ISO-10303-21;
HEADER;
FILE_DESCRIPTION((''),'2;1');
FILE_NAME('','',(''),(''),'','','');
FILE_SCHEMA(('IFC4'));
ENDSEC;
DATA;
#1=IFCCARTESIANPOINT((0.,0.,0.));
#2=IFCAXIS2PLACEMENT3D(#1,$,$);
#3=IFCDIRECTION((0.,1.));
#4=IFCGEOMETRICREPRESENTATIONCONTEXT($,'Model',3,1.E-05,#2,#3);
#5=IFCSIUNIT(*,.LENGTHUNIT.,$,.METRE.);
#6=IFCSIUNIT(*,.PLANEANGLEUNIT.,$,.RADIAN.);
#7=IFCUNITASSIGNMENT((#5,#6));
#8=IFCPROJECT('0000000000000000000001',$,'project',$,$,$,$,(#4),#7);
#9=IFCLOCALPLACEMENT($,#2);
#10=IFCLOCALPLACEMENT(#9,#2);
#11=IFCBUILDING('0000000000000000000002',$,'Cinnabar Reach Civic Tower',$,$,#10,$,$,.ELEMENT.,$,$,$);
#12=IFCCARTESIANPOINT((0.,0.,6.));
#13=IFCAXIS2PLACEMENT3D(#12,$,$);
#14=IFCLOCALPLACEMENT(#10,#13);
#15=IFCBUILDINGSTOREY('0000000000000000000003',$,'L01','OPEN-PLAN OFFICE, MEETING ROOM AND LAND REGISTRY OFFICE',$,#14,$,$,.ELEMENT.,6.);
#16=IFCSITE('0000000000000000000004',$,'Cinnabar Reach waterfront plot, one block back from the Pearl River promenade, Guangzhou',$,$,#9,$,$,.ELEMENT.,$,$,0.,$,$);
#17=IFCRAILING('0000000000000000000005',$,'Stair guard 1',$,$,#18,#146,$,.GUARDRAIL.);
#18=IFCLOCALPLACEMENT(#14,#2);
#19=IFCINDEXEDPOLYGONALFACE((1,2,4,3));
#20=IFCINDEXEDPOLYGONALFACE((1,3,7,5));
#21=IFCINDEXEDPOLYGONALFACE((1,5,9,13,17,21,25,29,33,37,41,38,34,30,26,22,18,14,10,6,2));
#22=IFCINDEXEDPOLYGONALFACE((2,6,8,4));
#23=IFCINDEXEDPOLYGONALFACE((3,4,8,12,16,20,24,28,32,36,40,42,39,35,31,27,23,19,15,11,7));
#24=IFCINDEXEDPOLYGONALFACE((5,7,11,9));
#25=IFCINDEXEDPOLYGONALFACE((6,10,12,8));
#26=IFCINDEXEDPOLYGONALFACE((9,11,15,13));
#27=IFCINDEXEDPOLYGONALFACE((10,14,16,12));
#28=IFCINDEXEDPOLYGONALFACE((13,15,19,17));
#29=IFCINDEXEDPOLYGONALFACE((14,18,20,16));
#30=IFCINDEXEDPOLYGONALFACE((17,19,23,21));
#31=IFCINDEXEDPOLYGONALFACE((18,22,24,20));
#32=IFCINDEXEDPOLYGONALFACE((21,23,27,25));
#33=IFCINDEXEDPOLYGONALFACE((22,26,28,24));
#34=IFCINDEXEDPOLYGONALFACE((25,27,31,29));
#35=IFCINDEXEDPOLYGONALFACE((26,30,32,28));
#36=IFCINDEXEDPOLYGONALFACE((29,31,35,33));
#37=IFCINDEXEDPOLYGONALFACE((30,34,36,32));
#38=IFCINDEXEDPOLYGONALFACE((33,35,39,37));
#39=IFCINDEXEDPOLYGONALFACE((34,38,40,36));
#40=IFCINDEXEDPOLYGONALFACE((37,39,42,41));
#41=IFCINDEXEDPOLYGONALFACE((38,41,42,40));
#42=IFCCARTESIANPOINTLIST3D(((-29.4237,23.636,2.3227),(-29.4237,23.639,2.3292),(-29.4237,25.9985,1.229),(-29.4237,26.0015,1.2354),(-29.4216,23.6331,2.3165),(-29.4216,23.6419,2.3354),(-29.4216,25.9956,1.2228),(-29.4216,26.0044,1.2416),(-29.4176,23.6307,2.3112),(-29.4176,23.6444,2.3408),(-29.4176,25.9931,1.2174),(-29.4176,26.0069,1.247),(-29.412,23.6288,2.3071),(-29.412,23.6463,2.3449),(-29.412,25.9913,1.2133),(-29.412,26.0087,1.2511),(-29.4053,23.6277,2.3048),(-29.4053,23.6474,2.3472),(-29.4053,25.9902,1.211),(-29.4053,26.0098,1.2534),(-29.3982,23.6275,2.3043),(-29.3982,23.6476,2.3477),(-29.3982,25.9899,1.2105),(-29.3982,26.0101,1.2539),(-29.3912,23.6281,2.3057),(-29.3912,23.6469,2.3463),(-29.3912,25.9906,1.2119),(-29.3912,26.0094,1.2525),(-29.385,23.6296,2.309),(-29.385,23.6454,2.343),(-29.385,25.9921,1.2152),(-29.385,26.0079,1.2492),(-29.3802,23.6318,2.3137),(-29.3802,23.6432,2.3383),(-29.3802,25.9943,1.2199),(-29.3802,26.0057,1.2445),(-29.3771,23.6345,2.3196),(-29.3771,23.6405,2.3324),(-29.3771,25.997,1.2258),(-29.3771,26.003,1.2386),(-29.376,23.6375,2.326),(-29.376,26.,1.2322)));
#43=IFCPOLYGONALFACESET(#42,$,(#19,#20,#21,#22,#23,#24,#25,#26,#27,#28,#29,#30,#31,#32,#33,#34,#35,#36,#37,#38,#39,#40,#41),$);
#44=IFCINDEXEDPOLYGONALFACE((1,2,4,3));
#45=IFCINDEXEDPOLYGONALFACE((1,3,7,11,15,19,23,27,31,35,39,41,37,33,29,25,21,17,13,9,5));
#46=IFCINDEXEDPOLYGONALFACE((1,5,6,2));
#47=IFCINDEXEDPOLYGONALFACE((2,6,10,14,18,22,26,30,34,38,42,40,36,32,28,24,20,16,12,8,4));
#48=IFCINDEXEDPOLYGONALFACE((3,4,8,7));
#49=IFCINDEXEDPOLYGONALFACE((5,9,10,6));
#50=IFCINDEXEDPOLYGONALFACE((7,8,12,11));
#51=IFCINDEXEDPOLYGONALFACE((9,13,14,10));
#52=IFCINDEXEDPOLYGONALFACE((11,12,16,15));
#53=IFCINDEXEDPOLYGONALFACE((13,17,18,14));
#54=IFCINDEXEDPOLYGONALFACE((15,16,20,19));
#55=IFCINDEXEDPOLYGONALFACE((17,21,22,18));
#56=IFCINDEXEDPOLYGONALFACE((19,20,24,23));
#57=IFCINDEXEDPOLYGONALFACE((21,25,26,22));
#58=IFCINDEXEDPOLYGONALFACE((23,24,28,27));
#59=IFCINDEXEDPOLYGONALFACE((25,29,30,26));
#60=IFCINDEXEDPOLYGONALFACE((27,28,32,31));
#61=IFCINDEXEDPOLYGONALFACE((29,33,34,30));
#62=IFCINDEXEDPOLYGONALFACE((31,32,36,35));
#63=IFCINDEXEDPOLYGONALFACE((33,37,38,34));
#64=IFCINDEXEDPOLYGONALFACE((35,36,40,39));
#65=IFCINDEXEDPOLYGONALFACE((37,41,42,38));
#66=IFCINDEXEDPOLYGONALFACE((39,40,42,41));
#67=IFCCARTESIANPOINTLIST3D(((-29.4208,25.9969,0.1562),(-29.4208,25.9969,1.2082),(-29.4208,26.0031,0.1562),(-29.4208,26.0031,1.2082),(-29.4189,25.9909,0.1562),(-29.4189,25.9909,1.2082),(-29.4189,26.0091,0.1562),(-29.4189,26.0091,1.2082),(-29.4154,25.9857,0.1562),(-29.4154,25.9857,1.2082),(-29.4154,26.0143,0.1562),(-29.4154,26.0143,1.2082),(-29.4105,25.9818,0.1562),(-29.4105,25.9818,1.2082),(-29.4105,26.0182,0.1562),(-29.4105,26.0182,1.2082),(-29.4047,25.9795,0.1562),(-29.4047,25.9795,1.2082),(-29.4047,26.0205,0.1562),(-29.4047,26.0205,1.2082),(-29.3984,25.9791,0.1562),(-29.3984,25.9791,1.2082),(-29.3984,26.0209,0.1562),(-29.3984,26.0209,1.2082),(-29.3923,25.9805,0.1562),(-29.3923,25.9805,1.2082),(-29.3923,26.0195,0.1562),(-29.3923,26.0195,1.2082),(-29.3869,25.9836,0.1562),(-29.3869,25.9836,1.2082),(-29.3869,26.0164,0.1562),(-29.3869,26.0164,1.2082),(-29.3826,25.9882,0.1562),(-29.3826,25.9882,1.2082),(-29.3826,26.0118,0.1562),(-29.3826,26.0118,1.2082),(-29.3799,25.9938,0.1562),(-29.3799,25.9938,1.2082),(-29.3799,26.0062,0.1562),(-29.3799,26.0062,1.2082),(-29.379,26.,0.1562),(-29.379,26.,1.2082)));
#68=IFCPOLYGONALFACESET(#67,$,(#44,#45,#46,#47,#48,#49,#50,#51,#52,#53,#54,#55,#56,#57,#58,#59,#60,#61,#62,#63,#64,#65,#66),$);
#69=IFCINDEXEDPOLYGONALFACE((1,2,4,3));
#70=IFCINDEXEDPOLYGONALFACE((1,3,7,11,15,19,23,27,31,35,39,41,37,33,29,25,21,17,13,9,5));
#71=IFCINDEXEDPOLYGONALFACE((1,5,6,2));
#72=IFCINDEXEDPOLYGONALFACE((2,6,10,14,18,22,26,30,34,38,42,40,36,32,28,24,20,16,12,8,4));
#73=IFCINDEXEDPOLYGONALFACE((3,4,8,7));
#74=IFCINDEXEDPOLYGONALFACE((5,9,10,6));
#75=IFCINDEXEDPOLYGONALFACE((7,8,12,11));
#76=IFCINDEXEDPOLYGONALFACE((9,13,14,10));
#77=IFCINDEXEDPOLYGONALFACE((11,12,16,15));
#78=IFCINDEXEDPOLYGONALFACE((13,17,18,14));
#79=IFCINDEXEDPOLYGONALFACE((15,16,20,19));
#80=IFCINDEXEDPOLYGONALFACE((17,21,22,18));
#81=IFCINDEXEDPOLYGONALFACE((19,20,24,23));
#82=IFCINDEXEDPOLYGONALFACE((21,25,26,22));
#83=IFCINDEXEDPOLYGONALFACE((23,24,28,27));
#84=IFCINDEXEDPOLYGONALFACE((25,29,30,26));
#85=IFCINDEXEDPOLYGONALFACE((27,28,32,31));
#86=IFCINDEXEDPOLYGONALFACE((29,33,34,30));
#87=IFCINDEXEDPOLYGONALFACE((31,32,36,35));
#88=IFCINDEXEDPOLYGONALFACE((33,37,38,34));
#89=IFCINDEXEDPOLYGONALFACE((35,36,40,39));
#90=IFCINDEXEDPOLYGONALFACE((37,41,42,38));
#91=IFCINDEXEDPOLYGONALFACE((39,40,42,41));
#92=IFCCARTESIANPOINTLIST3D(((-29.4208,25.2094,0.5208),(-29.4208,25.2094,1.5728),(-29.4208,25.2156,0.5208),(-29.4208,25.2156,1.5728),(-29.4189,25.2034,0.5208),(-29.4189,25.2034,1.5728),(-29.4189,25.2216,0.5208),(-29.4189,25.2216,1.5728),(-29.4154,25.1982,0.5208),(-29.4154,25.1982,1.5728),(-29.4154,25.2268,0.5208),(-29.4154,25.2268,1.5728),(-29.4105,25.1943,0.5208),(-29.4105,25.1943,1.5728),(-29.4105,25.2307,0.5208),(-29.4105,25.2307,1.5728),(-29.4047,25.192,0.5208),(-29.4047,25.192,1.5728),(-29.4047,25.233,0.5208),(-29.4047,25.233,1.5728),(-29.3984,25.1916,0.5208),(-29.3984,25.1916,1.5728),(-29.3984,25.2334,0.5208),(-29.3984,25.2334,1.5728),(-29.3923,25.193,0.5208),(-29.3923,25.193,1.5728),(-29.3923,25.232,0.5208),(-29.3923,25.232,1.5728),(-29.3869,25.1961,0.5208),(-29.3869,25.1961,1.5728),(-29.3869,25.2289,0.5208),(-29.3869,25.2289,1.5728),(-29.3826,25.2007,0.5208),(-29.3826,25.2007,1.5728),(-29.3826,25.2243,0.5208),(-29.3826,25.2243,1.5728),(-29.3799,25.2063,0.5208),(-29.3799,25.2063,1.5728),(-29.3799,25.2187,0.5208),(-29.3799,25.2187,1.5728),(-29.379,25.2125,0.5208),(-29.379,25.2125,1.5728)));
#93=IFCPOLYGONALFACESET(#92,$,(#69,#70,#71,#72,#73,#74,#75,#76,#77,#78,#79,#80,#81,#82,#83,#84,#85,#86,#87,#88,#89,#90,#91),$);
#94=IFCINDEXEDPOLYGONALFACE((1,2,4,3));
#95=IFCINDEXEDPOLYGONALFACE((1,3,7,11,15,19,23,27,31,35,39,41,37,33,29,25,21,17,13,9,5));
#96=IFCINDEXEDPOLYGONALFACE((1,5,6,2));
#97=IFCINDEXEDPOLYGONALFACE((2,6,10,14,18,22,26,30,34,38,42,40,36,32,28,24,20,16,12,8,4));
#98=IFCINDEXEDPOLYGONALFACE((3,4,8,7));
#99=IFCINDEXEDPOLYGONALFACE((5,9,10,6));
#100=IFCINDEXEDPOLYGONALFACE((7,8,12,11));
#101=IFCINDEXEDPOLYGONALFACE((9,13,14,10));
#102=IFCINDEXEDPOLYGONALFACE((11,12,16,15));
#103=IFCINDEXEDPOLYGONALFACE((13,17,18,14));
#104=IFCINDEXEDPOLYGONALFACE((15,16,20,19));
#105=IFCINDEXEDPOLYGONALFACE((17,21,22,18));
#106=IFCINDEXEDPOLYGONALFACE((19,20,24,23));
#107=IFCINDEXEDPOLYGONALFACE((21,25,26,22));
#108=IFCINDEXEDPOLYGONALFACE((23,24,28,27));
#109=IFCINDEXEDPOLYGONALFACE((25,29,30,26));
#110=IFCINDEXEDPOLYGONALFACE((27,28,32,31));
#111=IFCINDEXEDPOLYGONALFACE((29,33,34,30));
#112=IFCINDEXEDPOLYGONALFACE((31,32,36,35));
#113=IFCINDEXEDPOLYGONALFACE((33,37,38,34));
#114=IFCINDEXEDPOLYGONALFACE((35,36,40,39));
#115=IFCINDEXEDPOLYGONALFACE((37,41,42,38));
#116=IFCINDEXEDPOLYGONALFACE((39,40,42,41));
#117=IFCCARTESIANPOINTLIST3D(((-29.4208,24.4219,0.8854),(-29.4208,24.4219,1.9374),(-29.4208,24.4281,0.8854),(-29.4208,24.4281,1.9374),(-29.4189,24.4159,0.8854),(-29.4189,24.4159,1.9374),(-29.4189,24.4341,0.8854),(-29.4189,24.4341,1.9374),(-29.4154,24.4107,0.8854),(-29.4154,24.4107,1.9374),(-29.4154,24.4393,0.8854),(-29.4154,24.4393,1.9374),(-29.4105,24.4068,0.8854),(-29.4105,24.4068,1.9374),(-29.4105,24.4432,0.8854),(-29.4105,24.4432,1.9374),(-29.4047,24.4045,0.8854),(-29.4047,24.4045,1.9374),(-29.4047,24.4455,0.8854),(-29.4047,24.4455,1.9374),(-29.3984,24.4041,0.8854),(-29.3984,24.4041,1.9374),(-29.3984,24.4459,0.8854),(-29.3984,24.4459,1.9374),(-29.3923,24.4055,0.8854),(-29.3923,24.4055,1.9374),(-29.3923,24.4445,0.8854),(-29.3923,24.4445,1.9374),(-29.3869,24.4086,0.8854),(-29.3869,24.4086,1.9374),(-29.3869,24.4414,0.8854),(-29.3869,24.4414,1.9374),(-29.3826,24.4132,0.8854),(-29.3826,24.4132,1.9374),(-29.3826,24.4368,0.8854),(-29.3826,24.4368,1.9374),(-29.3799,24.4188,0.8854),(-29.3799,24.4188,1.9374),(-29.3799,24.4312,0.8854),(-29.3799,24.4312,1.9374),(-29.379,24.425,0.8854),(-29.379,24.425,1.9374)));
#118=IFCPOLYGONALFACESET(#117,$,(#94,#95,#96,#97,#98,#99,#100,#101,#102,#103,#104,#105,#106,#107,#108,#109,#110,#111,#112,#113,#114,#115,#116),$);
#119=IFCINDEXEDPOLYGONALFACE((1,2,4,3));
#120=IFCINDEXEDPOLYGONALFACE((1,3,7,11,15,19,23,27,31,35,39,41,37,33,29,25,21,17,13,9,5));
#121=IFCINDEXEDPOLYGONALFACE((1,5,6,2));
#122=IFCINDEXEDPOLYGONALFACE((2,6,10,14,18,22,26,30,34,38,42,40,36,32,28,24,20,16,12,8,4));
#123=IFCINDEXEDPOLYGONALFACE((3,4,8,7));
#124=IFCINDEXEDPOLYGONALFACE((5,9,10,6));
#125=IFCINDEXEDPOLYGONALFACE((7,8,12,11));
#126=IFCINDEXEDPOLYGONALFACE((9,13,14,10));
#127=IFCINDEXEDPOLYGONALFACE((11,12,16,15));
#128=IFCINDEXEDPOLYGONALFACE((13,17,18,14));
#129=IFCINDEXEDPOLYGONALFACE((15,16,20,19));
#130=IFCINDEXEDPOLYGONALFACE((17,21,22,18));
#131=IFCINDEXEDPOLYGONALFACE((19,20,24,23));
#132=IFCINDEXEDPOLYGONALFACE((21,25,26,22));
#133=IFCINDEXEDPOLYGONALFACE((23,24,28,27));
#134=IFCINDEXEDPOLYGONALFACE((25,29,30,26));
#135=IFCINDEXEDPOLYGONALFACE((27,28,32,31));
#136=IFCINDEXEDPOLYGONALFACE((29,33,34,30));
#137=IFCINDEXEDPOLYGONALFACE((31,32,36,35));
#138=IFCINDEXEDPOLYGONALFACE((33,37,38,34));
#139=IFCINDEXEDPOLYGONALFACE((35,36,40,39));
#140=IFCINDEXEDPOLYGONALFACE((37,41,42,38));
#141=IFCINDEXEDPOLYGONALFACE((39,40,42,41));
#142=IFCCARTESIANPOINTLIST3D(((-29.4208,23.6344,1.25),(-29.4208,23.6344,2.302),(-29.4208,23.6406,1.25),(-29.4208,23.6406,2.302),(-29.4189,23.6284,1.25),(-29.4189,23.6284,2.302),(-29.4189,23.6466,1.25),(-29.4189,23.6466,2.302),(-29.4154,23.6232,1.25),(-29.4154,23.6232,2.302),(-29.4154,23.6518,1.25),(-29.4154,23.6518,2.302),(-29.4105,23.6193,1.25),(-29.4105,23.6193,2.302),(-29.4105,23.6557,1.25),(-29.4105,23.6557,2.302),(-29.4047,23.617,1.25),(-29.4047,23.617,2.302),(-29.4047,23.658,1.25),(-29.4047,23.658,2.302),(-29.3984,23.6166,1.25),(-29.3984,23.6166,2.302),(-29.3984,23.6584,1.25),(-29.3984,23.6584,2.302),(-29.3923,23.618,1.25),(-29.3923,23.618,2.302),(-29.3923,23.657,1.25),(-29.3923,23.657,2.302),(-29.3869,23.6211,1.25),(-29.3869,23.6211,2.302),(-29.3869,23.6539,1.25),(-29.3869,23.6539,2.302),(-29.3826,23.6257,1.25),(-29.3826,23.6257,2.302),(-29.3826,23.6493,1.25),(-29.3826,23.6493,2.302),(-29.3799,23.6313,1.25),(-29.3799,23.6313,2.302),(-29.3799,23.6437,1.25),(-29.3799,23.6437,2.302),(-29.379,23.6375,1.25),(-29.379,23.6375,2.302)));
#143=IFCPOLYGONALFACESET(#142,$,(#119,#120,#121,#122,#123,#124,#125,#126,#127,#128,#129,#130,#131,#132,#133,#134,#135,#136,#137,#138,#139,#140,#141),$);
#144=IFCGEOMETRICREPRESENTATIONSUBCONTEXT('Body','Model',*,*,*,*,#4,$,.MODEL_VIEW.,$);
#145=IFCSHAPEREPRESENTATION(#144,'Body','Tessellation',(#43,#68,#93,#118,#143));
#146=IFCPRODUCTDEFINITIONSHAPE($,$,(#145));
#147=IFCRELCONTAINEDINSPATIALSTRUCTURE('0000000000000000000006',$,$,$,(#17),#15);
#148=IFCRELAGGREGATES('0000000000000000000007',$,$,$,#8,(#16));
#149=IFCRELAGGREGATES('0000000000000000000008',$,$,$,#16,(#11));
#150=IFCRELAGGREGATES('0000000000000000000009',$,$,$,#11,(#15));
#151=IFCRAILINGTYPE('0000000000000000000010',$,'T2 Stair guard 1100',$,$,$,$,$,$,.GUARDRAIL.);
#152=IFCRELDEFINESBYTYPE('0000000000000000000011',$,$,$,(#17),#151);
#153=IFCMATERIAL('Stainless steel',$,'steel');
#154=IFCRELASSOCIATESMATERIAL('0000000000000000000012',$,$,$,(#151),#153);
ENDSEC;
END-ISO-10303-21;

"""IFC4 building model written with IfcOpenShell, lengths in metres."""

from ifc_helpers import new_model, si_unit, direction, frame, origin, origin_2d, place, context, subcontext, project, spatial, circle, extrude, material, type_object, element, save


model = new_model("IFC4")

# Units and contexts
model_context = context("Model", 3, precision=1e-05, world=origin(), true_north=direction((0.0, 1.0)))
body_context = subcontext(model_context, "Body", "Model", "MODEL_VIEW")
ifc_project = project(units=[si_unit("LENGTHUNIT", "METRE"), si_unit("PLANEANGLEUNIT", "RADIAN")], contexts=[model_context])

# Site, building, storey
site_placement = place(None, origin())
site = spatial("IfcSite", under=ifc_project, at=site_placement, Name="Cinnabar Reach waterfront plot, one block back from the Pearl River promenade, Guangzhou", CompositionType="ELEMENT", RefElevation=0.0)
building_placement = place(site_placement, origin())
building = spatial("IfcBuilding", under=site, at=building_placement, Name="Cinnabar Reach Civic Tower", CompositionType="ELEMENT")
storey_placement = place(building_placement, frame((0.0, 0.0, 6.0)))
storey = spatial("IfcBuildingStorey", under=building, at=storey_placement, Name="L01", Description="OPEN-PLAN OFFICE, MEETING ROOM AND LAND REGISTRY OFFICE", CompositionType="ELEMENT", Elevation=6.0)

# Railing
ifc_material_1 = material(Name="Stainless steel", Category="steel")
railing_type = type_object("IfcRailingType", Name="T2 Stair guard 1100", PredefinedType="GUARDRAIL", material=ifc_material_1)
railing_1_placement = place(storey_placement, frame((-29.4, 26.0, 0.1562)))
element("IfcRailing", 1, at=railing_1_placement, inside=storey, type_object=railing_type, Name="Stair guard 1", PredefinedType="GUARDRAIL", context=body_context, shape_type="SweptSolid", body=[
    extrude(circle(Radius=0.024, at=origin_2d()), frame((0.0, 0.0, 1.076), z_axis=(0.0, -0.90746, 0.420139), x_axis=(1.0, 0.0, 0.0)), (0.0, 0.0, 1.0), 2.6034),
    extrude(circle(Radius=0.021, at=origin_2d()), origin(), (0.0, 0.0, 1.0), 1.052),
    extrude(circle(Radius=0.021, at=origin_2d()), frame((0.0, -0.7875, 0.3646)), (0.0, 0.0, 1.0), 1.052),
    extrude(circle(Radius=0.021, at=origin_2d()), frame((0.0, -1.575, 0.7292)), (0.0, 0.0, 1.0), 1.052),
    extrude(circle(Radius=0.021, at=origin_2d()), frame((0.0, -2.3625, 1.0938)), (0.0, 0.0, 1.0), 1.052),
])

save(model, "model.ifc")
